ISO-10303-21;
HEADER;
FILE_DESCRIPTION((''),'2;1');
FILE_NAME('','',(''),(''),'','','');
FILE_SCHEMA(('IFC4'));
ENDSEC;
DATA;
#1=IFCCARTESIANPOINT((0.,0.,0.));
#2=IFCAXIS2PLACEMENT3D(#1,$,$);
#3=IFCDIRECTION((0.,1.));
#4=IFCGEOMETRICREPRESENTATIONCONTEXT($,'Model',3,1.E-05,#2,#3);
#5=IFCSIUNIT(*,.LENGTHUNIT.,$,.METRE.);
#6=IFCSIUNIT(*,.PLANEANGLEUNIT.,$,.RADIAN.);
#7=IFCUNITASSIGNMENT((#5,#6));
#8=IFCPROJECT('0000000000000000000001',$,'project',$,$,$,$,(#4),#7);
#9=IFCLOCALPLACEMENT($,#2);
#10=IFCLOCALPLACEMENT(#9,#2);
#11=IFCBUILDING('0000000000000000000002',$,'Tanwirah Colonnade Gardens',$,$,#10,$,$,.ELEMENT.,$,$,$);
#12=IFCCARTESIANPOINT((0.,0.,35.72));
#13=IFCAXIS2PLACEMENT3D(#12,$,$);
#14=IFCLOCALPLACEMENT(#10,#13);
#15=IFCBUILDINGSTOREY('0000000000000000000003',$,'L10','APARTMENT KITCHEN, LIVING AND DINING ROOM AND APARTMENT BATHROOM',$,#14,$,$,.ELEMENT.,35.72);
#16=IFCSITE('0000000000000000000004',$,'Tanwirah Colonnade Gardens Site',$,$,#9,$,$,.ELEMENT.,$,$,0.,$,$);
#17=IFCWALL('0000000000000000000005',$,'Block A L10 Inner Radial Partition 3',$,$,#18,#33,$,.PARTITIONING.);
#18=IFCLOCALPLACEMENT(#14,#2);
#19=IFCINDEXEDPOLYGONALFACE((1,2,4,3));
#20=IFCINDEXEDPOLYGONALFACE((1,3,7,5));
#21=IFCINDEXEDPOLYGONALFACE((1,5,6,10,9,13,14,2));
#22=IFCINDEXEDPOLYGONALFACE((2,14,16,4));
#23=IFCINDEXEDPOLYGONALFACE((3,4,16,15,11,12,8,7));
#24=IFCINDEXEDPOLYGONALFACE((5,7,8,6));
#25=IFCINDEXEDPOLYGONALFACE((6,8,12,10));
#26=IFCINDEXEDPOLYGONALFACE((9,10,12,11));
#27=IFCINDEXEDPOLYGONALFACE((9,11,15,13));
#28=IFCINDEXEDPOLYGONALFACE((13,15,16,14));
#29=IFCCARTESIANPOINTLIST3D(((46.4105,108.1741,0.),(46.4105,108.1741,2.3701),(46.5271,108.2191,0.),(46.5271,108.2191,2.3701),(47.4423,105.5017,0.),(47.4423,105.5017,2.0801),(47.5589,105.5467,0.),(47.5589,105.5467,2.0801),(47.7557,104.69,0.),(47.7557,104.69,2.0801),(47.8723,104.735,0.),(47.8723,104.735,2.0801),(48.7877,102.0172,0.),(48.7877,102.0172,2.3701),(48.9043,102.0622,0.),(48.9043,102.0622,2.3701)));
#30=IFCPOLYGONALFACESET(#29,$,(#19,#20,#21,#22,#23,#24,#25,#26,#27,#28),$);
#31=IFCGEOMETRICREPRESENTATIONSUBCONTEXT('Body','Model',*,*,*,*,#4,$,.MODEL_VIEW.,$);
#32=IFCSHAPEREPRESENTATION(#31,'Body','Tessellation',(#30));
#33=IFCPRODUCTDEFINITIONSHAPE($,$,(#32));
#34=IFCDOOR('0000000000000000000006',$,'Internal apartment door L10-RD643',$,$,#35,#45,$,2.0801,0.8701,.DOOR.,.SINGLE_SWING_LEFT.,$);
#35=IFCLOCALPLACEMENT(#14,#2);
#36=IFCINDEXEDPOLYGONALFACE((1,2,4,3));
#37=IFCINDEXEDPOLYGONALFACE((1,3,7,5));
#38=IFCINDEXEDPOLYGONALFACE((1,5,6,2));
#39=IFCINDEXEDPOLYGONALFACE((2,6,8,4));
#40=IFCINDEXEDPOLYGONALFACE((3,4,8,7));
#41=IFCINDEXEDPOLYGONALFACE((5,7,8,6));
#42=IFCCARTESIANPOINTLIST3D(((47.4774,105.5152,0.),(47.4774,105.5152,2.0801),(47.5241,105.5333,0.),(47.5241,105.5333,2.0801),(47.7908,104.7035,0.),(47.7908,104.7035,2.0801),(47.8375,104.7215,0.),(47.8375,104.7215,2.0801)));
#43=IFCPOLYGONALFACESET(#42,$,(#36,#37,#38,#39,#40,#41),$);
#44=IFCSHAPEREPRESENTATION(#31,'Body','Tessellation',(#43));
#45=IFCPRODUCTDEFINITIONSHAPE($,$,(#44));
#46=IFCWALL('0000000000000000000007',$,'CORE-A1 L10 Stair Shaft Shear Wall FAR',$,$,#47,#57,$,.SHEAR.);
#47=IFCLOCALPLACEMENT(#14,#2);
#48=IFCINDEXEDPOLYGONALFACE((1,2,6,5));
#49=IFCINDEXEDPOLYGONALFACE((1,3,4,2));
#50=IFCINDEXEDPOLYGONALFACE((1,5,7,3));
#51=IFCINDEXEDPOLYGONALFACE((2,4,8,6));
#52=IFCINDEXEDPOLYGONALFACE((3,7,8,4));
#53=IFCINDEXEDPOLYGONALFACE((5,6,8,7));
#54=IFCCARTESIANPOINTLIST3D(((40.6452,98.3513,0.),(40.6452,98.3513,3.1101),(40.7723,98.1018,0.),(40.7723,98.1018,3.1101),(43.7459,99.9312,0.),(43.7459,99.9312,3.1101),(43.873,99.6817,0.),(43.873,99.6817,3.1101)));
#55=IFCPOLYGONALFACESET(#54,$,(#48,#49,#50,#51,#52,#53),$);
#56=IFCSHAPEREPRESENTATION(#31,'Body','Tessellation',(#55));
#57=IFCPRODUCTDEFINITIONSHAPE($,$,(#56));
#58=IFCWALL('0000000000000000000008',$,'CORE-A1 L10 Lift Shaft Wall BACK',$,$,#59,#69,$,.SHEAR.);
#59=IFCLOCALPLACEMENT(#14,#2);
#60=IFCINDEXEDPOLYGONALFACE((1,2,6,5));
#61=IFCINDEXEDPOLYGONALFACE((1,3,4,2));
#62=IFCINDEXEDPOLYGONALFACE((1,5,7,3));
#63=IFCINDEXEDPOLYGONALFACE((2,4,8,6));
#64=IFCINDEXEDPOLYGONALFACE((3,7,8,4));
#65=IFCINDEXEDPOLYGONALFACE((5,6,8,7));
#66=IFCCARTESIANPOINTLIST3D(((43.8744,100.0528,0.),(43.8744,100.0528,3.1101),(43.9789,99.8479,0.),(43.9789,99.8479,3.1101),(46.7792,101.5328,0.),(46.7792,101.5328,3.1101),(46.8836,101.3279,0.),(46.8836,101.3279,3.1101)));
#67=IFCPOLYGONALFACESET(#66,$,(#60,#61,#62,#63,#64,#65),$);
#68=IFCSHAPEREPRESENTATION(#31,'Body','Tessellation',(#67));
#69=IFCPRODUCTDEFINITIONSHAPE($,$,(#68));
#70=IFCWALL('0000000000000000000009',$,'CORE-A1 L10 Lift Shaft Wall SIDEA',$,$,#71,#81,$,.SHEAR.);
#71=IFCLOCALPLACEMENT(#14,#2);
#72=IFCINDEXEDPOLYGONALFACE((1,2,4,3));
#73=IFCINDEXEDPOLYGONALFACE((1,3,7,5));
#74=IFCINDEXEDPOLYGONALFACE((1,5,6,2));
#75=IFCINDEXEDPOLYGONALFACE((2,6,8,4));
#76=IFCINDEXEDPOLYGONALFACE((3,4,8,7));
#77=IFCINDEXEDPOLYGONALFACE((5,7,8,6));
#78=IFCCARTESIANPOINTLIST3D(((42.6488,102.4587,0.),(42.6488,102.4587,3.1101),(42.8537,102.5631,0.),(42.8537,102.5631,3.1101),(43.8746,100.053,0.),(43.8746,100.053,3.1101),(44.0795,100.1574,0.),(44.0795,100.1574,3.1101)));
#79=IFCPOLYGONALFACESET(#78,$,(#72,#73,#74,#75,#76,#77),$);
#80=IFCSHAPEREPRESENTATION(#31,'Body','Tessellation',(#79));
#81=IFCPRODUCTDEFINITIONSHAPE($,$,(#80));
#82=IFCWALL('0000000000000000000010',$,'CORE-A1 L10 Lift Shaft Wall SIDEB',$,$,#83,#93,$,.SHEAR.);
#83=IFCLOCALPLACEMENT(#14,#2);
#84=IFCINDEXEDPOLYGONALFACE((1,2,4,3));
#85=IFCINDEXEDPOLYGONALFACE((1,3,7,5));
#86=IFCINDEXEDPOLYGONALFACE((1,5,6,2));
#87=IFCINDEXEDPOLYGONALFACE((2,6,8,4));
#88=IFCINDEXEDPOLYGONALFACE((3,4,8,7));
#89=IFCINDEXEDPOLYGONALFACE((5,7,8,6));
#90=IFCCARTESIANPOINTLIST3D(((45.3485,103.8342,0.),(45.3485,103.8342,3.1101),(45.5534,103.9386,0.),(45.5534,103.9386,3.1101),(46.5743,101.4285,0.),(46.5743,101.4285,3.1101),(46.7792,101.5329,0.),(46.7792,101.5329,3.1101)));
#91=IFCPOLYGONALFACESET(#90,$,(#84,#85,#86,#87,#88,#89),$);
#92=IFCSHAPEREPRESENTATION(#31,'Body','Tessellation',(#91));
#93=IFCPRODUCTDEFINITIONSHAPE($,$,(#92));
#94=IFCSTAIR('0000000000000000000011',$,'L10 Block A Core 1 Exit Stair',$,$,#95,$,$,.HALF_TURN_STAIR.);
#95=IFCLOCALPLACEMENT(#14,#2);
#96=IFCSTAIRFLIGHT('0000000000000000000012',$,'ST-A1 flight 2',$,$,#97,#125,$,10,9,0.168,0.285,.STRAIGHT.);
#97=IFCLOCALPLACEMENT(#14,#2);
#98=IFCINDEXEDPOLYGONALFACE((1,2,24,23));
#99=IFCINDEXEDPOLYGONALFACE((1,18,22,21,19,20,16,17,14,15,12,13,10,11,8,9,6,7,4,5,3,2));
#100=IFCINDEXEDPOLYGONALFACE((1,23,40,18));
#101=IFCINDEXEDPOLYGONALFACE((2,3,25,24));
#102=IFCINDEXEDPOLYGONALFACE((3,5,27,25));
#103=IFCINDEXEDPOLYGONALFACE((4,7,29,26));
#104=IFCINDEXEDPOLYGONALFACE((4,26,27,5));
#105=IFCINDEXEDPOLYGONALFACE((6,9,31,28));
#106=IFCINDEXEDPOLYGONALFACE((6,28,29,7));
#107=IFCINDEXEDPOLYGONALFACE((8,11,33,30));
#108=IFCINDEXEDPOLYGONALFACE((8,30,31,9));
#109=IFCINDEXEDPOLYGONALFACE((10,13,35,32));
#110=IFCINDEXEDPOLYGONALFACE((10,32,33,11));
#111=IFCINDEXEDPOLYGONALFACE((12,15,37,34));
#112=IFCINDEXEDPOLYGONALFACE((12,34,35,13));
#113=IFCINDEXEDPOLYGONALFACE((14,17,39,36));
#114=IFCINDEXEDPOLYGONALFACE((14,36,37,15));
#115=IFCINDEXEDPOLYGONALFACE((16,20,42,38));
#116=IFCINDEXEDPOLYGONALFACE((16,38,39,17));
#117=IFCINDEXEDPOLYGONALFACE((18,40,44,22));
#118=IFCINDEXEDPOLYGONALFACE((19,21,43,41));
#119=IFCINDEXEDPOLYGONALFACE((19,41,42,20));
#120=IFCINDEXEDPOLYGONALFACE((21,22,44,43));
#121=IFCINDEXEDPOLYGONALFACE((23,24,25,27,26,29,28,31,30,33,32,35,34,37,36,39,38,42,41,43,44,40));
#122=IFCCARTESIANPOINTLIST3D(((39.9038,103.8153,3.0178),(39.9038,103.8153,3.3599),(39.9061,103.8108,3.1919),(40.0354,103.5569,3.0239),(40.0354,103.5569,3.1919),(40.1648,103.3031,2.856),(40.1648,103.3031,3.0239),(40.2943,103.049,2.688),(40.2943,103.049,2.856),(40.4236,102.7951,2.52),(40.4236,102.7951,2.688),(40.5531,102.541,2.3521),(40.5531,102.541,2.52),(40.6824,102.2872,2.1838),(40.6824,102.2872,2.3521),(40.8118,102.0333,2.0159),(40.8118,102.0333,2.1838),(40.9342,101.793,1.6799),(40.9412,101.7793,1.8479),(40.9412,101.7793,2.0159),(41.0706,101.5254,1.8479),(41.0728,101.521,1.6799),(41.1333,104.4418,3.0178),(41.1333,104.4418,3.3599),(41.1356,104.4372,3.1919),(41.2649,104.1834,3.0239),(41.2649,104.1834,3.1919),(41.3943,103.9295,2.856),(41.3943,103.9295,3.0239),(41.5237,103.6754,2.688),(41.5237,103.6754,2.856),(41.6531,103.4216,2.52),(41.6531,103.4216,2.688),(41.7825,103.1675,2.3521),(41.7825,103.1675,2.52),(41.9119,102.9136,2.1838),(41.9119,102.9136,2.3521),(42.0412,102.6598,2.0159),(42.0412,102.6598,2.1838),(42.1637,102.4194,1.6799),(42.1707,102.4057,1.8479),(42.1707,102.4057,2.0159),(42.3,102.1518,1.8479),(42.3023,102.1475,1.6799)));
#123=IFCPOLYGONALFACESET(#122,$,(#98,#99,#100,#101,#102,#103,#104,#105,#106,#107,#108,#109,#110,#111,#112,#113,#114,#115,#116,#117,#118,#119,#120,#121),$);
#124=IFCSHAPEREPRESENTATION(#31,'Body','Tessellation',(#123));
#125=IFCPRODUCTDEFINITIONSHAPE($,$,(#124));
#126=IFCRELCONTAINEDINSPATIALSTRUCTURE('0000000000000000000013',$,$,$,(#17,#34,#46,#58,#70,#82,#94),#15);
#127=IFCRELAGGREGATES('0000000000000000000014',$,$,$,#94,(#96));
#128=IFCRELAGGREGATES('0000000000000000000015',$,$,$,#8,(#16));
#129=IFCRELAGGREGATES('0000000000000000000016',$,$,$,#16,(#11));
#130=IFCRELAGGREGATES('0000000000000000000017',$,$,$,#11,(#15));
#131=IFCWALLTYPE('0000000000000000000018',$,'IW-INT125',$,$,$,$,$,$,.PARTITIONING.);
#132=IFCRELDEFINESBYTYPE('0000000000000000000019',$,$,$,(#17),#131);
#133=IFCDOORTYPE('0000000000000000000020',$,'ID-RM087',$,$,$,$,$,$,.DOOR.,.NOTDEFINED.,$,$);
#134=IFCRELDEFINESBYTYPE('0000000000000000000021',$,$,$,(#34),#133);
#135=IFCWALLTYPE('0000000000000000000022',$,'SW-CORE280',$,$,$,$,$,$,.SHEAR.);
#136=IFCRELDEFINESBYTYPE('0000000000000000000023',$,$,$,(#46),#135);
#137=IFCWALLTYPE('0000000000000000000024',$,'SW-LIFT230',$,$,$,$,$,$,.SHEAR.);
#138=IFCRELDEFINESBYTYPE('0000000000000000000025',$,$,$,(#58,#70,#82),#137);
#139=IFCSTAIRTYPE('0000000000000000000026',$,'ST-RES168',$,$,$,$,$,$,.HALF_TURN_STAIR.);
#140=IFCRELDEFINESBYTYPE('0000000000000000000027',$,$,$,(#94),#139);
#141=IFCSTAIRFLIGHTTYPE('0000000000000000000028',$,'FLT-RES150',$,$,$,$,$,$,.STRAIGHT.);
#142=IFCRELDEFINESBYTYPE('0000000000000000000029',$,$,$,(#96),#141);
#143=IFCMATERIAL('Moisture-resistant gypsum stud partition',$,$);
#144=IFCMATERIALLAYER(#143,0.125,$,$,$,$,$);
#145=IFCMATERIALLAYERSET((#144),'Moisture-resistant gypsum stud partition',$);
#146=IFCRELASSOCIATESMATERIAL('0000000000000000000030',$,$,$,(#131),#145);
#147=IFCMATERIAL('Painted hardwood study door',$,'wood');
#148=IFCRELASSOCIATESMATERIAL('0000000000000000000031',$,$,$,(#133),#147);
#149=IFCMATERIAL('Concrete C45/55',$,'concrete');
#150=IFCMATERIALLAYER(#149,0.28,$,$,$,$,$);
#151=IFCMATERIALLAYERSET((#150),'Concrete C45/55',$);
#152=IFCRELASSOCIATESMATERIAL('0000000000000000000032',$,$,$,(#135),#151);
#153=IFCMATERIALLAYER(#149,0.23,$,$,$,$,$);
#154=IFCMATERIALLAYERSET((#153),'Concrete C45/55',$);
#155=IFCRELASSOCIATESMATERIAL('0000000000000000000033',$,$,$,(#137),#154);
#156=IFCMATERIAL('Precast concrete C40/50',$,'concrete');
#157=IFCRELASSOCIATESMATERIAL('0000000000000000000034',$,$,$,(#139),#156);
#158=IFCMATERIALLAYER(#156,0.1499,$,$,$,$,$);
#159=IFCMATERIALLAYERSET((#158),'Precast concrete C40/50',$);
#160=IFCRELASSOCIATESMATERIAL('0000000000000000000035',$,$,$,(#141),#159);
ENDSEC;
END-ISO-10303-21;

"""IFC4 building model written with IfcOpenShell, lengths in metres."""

from ifc_helpers import new_model, si_unit, direction, frame, frame_2d, origin, place, context, subcontext, project, spatial, polyline, rectangle, outline, extrude, material, layer, layer_set, type_object, element, fill, aggregate, save


model = new_model("IFC4")

# Units and contexts
model_context = context("Model", 3, precision=1e-05, world=origin(), true_north=direction((0.0, 1.0)))
body_context = subcontext(model_context, "Body", "Model", "MODEL_VIEW")
ifc_project = project(units=[si_unit("LENGTHUNIT", "METRE"), si_unit("PLANEANGLEUNIT", "RADIAN")], contexts=[model_context])

# Site, building, storey
site_placement = place(None, origin())
site = spatial("IfcSite", under=ifc_project, at=site_placement, Name="Tanwirah Colonnade Gardens Site", CompositionType="ELEMENT", RefElevation=0.0)
building_placement = place(site_placement, origin())
building = spatial("IfcBuilding", under=site, at=building_placement, Name="Tanwirah Colonnade Gardens", CompositionType="ELEMENT")
storey_placement = place(building_placement, frame((0.0, 0.0, 35.72)))
storey = spatial("IfcBuildingStorey", under=building, at=storey_placement, Name="L10", Description="APARTMENT KITCHEN, LIVING AND DINING ROOM AND APARTMENT BATHROOM", CompositionType="ELEMENT", Elevation=35.72)

# Shared definitions
ifc_material_1 = material(Name="Precast concrete C40/50", Category="concrete")

# Wall, opening, door
ifc_material_2 = material(Name="Moisture-resistant gypsum stud partition")
ifc_layer_1 = layer(ifc_material_2, 0.125)
ifc_layer_set_1 = layer_set([ifc_layer_1], Name="Moisture-resistant gypsum stud partition")
wall_type_1 = type_object("IfcWallType", Name="IW-INT125", PredefinedType="PARTITIONING", material=ifc_layer_set_1)
wall_1_placement = place(storey_placement, frame((48.8459, 102.0398, 0.0), z_axis=(0.0, 0.0, 1.0), x_axis=(-0.360183, 0.932881, 0.0)))
wall_1 = element("IfcWall", 1, at=wall_1_placement, inside=storey, type_object=wall_type_1, Name="Block A L10 Inner Radial Partition 3", PredefinedType="PARTITIONING", context=body_context, shape_type="SweptSolid", body=[
    extrude(rectangle(XDim=6.5999, YDim=0.125, at=frame_2d((3.2998, 0.0))), origin(), (0.0, 0.0, 1.0), 2.3701),
])
opening_1_placement = place(wall_1_placement, frame((2.865, 0.0, 0.0)))
opening_1 = element("IfcOpeningElement", 2, at=opening_1_placement, cuts=wall_1, PredefinedType="OPENING", context=body_context, shape_type="SweptSolid", body=[
    extrude(rectangle(XDim=0.8701, YDim=2.0801, at=frame_2d((0.4351, 1.04))), frame((0.0, 0.0725, 0.0), z_axis=(0.0, -1.0, 0.0), x_axis=(1.0, 0.0, 0.0)), (0.0, 0.0, 1.0), 0.145),
])
ifc_material_3 = material(Name="Painted hardwood study door", Category="wood")
door_type_1 = type_object("IfcDoorType", Name="ID-RM087", OperationType="NOTDEFINED", PredefinedType="DOOR", material=ifc_material_3)
door_1_placement = place(opening_1_placement, origin())
door_1 = element("IfcDoor", 3, at=door_1_placement, inside=storey, type_object=door_type_1, Name="Internal apartment door L10-RD643", OperationType="SINGLE_SWING_LEFT", OverallHeight=2.0801, OverallWidth=0.8701, PredefinedType="DOOR", context=body_context, shape_type="SweptSolid", body=[
    extrude(rectangle(XDim=0.8701, YDim=2.0801, at=frame_2d((0.4351, 1.04))), frame((0.0, 0.0249, 0.0), z_axis=(0.0, -1.0, 0.0), x_axis=(1.0, 0.0, 0.0)), (0.0, 0.0, 1.0), 0.05),
])
fill(opening_1, door_1)

# Wall
ifc_material_4 = material(Name="Concrete C45/55", Category="concrete")
ifc_layer_2 = layer(ifc_material_4, 0.28)
ifc_layer_set_2 = layer_set([ifc_layer_2], Name="Concrete C45/55")
wall_type_2 = type_object("IfcWallType", Name="SW-CORE280", PredefinedType="SHEAR", material=ifc_layer_set_2)
wall_2_placement = place(storey_placement, frame((40.7087, 98.2266, 0.0), z_axis=(0.0, 0.0, 1.0), x_axis=(0.891006, 0.453992, 0.0)))
element("IfcWall", 4, at=wall_2_placement, inside=storey, type_object=wall_type_2, Name="CORE-A1 L10 Stair Shaft Shear Wall FAR", PredefinedType="SHEAR", context=body_context, shape_type="SweptSolid", body=[
    extrude(rectangle(XDim=3.48, YDim=0.28, at=frame_2d((1.74, 0.0))), origin(), (0.0, 0.0, 1.0), 3.1101),
])

# Shared definitions
ifc_layer_3 = layer(ifc_material_4, 0.23)
ifc_layer_set_3 = layer_set([ifc_layer_3], Name="Concrete C45/55")
wall_type_3 = type_object("IfcWallType", Name="SW-LIFT230", PredefinedType="SHEAR", material=ifc_layer_set_3)

# Walls
wall_3_placement = place(storey_placement, frame((43.9268, 99.9504, 0.0), z_axis=(0.0, 0.0, 1.0), x_axis=(0.891017, 0.453971, 0.0)))
element("IfcWall", 5, at=wall_3_placement, inside=storey, type_object=wall_type_3, Name="CORE-A1 L10 Lift Shaft Wall BACK", PredefinedType="SHEAR", context=body_context, shape_type="SweptSolid", body=[
    extrude(rectangle(XDim=3.26, YDim=0.23, at=frame_2d((1.6299, 0.0))), origin(), (0.0, 0.0, 1.0), 3.1101),
])
for number, where, z_axis, x_axis, name in (
    (6, (42.7512, 102.511, 0.0), (0.0, 0.0, 1.0), (0.454, -0.891002, 0.0), "CORE-A1 L10 Lift Shaft Wall SIDEA"),
    (7, (45.4509, 103.8865, 0.0), (0.0, 0.0, 1.0), (0.454, -0.891002, 0.0), "CORE-A1 L10 Lift Shaft Wall SIDEB"),
):
    element("IfcWall", number, at=place(storey_placement, frame(where, z_axis=z_axis, x_axis=x_axis)), inside=storey, type_object=wall_type_3, Name=name, PredefinedType="SHEAR", context=body_context, shape_type="SweptSolid", body=[
        extrude(rectangle(XDim=2.7, YDim=0.23, at=frame_2d((1.3501, 0.0))), origin(), (0.0, 0.0, 1.0), 3.1101),
    ])

# Stair, stair flight
stair_type = type_object("IfcStairType", Name="ST-RES168", PredefinedType="HALF_TURN_STAIR", material=ifc_material_1)
stair_placement = place(storey_placement, origin())
stair = element("IfcStair", 8, at=stair_placement, inside=storey, type_object=stair_type, Name="L10 Block A Core 1 Exit Stair", PredefinedType="HALF_TURN_STAIR")
ifc_layer_4 = layer(ifc_material_1, 0.1499)
ifc_layer_set_4 = layer_set([ifc_layer_4], Name="Precast concrete C40/50")
stair_flight_type = type_object("IfcStairFlightType", Name="FLT-RES150", PredefinedType="STRAIGHT", material=ifc_layer_set_4)
stair_flight_placement = place(storey_placement, frame((41.6853, 101.8386, 1.6799), z_axis=(0.0, 0.0, 1.0), x_axis=(-0.45399, 0.891007, 0.0)))
stair_flight = element("IfcStairFlight", 9, at=stair_flight_placement, type_object=stair_flight_type, Name="ST-A1 flight 2", NumberOfRisers=10, NumberOfTreads=9, PredefinedType="STRAIGHT", RiserHeight=0.168, TreadLength=0.285, context=body_context, shape_type="SweptSolid", body=[
    extrude(outline(polyline([(-0.0049, 0.0), (0.0, 0.168), (0.2849, 0.168), (0.2849, 0.3359), (0.5701, 0.3359), (0.5701, 0.5039), (0.855, 0.5039), (0.855, 0.6721), (1.1399, 0.6721), (1.1399, 0.8401), (1.425, 0.8401), (1.425, 1.0081), (1.71, 1.0081), (1.71, 1.176), (1.9951, 1.176), (1.9951, 1.344), (2.28, 1.344), (2.28, 1.512), (2.5649, 1.512), (2.5701, 1.6799), (2.5701, 1.3379), (0.3003, 0.0), (-0.0049, 0.0)])), frame((0.0, 0.6899, 0.0), z_axis=(0.0, -1.0, 0.0), x_axis=(1.0, 0.0, 0.0)), (0.0, 0.0, 1.0), 1.3799),
])
aggregate(stair, [stair_flight])

save(model, "model.ifc")
